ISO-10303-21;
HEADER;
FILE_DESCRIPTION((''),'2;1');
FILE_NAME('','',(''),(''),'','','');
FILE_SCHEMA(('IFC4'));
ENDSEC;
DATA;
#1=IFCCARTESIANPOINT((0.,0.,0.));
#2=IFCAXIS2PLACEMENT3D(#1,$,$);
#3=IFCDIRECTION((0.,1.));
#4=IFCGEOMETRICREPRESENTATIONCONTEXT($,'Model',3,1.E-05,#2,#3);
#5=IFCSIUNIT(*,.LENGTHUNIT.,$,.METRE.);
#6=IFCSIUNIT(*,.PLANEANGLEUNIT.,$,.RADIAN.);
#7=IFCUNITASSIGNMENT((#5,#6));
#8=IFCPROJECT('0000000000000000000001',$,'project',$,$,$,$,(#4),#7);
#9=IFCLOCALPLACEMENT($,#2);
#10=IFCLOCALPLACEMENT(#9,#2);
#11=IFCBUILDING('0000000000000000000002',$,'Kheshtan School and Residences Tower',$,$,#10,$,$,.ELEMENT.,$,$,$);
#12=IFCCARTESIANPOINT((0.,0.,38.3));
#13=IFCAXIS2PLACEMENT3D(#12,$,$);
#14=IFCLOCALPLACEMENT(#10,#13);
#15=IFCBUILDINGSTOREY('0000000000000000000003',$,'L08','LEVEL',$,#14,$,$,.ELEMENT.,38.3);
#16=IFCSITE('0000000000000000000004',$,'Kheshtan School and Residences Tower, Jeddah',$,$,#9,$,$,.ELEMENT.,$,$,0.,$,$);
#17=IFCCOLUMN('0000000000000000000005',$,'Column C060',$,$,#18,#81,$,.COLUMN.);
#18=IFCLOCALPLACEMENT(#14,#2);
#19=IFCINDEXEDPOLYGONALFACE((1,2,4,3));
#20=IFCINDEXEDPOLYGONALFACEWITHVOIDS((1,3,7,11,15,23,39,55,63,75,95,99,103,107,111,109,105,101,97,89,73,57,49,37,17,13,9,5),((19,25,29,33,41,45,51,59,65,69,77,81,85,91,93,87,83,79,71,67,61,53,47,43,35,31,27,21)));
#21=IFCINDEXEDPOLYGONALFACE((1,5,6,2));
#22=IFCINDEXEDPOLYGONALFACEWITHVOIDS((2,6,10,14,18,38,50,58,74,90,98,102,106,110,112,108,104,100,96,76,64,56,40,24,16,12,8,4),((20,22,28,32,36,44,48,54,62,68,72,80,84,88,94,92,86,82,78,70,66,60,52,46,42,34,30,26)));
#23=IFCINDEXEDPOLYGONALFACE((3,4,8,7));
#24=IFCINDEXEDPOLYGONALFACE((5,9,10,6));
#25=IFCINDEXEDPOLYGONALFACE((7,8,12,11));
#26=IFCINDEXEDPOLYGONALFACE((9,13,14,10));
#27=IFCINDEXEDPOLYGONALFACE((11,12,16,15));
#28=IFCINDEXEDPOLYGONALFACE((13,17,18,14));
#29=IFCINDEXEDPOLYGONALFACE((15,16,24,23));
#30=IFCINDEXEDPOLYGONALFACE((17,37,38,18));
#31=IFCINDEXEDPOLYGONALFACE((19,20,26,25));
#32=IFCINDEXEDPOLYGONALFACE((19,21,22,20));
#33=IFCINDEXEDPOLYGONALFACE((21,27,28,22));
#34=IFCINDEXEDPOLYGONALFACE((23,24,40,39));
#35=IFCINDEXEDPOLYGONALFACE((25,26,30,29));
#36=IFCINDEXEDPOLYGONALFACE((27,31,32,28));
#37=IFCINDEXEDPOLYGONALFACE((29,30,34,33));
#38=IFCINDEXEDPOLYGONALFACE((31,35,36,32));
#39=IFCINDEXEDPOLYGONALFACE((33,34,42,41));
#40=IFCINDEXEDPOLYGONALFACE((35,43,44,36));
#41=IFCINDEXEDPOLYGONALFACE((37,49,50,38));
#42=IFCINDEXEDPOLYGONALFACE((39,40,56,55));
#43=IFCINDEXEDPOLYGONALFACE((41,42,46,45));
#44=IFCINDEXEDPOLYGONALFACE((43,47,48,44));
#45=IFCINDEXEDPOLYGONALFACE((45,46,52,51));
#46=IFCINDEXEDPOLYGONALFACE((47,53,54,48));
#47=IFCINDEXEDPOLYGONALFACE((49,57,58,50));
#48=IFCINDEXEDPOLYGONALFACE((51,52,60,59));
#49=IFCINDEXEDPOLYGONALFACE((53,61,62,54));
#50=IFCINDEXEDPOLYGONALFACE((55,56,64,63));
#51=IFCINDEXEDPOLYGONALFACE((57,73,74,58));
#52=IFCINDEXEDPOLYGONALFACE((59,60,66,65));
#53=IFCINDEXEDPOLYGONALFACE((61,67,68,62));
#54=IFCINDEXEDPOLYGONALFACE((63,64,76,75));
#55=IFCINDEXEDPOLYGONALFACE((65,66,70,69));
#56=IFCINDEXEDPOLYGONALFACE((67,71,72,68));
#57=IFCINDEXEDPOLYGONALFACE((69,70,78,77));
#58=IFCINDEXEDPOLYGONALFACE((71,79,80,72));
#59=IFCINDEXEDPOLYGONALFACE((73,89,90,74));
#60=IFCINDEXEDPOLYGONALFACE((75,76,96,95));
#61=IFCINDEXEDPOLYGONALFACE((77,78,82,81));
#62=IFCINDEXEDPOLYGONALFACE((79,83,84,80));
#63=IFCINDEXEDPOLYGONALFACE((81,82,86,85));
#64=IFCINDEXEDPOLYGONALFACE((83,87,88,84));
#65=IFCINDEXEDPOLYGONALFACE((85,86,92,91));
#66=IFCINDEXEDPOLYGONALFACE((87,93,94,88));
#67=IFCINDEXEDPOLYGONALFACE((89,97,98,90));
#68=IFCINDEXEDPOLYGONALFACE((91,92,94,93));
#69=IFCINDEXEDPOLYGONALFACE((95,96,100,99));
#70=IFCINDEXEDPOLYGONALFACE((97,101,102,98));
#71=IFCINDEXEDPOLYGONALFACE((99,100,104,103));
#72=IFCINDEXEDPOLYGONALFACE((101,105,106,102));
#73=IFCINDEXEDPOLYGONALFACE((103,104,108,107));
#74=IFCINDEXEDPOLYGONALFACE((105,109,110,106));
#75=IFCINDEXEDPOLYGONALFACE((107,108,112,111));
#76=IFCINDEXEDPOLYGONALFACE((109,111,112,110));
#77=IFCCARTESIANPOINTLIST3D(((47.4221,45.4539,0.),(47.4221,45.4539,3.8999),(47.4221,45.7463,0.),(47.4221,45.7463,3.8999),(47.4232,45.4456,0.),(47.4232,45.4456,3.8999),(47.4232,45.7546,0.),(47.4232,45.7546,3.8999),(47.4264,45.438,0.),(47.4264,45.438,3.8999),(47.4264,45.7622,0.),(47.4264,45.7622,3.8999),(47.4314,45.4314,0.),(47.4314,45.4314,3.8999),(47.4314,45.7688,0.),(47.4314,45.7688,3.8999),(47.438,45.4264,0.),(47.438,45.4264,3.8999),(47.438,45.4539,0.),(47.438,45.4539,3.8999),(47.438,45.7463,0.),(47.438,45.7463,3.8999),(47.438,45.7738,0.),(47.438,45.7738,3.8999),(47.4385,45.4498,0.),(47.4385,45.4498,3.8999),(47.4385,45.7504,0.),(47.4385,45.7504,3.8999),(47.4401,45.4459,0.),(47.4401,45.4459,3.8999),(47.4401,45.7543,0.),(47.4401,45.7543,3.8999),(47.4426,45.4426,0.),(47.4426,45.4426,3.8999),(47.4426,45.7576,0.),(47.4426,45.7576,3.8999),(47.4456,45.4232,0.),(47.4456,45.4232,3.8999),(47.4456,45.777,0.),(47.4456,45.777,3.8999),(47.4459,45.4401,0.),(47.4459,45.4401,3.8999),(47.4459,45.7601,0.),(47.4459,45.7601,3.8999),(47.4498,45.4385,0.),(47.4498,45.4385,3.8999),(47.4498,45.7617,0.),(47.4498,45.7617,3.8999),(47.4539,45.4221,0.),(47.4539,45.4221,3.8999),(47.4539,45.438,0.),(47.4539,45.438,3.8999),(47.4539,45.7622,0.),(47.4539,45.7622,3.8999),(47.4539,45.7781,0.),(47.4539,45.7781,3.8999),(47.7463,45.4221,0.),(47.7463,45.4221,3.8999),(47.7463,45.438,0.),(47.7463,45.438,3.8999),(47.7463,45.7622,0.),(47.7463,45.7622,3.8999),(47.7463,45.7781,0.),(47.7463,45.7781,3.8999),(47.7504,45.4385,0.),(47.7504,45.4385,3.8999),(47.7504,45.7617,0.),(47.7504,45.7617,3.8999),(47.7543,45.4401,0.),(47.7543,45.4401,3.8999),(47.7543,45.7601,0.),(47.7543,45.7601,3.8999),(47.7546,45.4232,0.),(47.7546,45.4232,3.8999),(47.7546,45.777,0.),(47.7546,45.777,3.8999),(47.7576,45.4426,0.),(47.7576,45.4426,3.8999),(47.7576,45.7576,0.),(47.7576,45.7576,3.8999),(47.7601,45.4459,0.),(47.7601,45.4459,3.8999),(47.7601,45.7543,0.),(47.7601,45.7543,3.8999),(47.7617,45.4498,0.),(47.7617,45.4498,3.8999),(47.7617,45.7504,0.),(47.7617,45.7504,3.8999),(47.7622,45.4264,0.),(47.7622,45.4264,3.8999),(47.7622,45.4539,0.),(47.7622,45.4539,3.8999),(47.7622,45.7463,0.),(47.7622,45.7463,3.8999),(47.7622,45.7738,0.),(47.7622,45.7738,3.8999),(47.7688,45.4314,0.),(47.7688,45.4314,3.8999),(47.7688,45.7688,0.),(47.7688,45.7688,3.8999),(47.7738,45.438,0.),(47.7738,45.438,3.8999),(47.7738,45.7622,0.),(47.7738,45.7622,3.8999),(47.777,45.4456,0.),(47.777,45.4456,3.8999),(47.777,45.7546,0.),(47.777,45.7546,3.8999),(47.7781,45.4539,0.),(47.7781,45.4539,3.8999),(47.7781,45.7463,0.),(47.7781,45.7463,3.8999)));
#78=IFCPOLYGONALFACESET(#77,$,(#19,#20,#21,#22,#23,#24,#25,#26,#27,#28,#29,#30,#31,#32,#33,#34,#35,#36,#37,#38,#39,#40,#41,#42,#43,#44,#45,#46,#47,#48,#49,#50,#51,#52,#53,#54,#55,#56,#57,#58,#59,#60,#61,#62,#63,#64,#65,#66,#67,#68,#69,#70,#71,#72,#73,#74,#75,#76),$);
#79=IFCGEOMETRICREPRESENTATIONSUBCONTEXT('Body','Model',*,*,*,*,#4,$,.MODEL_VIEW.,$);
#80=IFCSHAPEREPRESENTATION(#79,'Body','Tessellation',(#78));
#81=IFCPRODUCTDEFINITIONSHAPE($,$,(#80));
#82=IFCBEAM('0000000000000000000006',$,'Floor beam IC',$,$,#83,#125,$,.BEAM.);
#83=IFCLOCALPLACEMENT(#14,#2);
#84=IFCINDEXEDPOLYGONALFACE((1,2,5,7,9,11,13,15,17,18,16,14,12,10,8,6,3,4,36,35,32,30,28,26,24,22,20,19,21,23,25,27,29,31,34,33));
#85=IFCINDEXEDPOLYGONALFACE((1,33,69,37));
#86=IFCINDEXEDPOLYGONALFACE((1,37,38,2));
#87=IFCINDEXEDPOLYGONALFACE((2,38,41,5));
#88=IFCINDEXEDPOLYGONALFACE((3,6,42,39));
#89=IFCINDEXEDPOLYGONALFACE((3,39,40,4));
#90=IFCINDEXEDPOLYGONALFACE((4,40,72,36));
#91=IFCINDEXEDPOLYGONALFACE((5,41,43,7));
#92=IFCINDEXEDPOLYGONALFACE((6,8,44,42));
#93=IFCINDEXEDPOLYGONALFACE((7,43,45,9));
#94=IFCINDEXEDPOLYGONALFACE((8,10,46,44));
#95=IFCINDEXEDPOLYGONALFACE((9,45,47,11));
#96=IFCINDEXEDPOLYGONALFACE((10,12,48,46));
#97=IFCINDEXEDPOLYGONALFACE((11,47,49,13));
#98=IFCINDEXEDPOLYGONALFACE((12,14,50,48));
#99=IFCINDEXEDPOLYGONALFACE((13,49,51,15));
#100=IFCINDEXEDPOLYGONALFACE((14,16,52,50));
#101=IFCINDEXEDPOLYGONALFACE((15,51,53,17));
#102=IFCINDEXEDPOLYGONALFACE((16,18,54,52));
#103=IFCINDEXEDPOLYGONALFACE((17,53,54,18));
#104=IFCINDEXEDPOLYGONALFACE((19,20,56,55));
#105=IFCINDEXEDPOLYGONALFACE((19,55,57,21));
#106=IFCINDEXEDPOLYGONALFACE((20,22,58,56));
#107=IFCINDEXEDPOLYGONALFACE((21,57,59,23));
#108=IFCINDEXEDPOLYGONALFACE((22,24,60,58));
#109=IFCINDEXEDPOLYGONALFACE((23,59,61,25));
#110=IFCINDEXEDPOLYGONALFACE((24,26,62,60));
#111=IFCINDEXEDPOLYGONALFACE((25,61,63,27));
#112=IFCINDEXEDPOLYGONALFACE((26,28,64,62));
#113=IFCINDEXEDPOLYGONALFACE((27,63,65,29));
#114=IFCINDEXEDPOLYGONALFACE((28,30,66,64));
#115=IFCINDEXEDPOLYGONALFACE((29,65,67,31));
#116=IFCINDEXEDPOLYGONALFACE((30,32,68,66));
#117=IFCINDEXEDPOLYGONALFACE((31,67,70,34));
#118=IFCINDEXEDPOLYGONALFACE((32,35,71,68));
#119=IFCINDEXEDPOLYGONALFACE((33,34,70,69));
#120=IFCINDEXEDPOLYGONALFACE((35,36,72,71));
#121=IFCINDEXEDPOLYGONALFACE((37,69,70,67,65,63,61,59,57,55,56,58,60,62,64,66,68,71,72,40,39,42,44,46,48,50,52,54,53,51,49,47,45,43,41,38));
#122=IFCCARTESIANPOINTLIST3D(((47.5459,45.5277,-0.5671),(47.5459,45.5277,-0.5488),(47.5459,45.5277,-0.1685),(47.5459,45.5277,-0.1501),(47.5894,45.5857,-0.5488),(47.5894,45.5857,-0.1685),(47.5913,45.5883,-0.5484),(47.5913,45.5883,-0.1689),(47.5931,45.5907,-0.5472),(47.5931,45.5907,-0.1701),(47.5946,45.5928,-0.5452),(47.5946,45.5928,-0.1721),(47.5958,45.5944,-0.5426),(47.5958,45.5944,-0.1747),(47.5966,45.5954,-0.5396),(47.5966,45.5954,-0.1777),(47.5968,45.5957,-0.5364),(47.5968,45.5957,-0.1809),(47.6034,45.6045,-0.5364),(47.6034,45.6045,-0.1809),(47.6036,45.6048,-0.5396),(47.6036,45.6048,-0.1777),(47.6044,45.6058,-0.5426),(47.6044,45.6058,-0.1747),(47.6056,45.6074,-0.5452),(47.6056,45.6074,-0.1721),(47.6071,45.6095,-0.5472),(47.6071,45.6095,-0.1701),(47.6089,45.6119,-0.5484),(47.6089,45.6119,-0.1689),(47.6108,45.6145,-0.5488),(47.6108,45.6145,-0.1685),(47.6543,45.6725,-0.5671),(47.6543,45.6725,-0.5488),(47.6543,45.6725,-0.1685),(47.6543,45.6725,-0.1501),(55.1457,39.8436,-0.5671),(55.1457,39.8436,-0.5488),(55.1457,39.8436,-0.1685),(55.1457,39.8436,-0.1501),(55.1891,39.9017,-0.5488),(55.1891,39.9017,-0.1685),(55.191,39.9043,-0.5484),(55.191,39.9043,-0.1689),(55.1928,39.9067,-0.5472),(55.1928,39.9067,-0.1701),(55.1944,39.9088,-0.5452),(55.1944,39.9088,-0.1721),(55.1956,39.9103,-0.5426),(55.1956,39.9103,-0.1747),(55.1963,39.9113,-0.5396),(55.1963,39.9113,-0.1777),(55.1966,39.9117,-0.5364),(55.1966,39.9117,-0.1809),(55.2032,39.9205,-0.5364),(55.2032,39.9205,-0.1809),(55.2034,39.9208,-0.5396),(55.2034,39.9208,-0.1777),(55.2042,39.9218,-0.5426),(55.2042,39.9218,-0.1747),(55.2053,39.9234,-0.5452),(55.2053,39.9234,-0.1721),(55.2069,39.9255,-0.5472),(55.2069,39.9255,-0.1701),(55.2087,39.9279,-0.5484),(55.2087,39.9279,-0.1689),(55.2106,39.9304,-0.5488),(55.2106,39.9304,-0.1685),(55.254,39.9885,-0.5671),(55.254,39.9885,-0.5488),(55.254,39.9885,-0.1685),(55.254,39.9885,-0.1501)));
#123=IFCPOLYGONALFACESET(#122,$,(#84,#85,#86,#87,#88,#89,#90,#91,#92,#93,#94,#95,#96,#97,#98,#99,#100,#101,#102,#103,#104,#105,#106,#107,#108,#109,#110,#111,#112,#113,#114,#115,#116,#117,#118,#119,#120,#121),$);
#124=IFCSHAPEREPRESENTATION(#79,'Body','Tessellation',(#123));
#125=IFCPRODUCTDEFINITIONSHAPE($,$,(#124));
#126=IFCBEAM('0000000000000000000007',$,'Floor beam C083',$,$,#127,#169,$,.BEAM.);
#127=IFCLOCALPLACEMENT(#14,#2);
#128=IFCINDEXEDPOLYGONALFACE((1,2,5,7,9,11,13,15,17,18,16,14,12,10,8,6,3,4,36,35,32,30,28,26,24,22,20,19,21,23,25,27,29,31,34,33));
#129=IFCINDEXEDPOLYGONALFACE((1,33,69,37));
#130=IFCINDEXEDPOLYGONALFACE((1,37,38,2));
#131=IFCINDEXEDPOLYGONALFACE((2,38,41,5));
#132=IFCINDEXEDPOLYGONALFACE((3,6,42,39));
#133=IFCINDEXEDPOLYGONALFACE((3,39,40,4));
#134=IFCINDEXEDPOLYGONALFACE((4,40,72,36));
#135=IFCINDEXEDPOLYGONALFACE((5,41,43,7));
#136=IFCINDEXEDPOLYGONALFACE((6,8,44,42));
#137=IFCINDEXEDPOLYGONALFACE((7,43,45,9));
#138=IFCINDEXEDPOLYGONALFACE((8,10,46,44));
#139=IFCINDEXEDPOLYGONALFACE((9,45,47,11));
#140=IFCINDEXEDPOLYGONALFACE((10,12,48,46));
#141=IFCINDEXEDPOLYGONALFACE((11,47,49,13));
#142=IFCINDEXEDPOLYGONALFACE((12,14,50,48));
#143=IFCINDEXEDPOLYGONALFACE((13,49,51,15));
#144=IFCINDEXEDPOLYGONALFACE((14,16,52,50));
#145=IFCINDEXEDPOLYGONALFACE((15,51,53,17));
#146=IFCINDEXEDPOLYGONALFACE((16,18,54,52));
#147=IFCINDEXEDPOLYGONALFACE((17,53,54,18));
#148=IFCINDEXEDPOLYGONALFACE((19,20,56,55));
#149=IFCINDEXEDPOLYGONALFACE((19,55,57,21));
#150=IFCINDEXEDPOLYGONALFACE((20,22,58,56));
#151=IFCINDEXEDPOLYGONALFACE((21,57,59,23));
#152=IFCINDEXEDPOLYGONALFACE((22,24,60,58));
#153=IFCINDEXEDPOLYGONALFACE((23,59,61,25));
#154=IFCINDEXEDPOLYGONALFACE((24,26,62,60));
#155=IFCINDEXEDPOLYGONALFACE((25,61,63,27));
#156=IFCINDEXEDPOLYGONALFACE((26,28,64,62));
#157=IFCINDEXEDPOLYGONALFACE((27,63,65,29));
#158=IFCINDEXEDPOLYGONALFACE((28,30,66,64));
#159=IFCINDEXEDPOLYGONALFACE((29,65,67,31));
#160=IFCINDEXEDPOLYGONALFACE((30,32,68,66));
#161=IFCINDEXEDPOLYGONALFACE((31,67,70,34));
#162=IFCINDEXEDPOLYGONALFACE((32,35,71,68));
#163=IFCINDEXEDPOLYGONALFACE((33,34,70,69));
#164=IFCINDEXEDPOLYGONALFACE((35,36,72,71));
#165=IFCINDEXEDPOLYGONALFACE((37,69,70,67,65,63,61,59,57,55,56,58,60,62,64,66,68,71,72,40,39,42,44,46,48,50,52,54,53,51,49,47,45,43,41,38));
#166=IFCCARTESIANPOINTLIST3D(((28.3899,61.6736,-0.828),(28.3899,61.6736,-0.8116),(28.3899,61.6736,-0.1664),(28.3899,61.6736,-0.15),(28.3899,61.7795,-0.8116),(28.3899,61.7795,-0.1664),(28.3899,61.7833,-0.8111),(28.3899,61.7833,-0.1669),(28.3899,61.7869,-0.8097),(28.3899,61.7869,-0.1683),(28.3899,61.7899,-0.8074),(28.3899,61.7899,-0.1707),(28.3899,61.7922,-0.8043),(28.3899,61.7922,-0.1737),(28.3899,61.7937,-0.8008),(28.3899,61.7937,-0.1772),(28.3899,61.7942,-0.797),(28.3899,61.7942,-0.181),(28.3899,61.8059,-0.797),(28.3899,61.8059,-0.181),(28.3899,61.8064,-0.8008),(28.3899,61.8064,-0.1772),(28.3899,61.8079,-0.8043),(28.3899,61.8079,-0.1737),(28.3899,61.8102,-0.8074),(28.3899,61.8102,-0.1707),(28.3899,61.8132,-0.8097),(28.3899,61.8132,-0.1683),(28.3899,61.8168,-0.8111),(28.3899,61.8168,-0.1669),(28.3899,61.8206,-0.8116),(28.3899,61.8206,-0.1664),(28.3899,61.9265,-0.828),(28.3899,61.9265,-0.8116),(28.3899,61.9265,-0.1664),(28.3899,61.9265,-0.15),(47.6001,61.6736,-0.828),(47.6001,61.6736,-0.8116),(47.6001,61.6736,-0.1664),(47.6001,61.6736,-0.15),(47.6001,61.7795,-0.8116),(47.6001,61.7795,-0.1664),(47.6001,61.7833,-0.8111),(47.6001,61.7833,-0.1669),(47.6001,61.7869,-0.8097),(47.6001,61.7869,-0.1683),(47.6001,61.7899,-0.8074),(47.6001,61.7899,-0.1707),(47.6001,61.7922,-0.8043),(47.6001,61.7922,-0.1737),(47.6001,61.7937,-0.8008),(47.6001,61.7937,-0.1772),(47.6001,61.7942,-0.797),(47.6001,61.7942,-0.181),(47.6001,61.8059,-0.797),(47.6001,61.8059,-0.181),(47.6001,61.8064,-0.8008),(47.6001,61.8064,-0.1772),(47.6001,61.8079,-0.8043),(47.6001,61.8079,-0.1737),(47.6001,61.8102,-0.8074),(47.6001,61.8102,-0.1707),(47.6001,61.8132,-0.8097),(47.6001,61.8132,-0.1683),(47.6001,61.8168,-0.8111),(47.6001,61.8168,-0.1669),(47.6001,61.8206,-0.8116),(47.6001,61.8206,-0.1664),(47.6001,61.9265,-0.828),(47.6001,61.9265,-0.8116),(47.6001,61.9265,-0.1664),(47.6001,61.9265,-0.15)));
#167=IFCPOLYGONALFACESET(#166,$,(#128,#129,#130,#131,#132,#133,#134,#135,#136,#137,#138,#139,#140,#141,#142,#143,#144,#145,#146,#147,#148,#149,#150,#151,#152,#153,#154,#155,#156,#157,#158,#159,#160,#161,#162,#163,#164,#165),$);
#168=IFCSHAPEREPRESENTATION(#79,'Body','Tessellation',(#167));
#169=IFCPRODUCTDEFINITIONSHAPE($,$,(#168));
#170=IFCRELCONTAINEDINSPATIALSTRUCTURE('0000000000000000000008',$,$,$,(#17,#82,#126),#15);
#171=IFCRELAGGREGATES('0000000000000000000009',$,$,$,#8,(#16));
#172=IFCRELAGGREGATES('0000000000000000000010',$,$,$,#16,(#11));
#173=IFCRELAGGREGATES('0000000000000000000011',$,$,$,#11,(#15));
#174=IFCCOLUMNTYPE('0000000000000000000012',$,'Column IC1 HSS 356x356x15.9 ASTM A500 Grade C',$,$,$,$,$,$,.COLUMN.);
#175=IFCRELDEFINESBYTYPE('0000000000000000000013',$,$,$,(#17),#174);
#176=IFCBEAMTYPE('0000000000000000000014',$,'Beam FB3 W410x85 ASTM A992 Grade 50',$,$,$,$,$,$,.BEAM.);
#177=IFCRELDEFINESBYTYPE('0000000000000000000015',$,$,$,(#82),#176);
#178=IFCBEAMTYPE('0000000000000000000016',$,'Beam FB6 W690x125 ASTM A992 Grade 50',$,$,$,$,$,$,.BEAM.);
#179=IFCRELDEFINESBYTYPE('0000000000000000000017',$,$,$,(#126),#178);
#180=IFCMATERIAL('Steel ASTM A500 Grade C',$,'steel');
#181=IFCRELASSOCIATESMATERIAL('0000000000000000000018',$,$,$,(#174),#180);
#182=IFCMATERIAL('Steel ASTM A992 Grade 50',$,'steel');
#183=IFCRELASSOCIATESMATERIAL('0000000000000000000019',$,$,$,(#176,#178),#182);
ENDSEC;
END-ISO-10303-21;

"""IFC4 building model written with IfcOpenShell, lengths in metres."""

from ifc_helpers import new_model, si_unit, direction, frame, origin, origin_2d, place, context, subcontext, project, spatial, hollow_rectangle, i_section, extrude, material, material_profile, profile_set, type_object, element, save


model = new_model("IFC4")

# Units and contexts
model_context = context("Model", 3, precision=1e-05, world=origin(), true_north=direction((0.0, 1.0)))
body_context = subcontext(model_context, "Body", "Model", "MODEL_VIEW")
ifc_project = project(units=[si_unit("LENGTHUNIT", "METRE"), si_unit("PLANEANGLEUNIT", "RADIAN")], contexts=[model_context])

# Site, building, storey
site_placement = place(None, origin())
site = spatial("IfcSite", under=ifc_project, at=site_placement, Name="Kheshtan School and Residences Tower, Jeddah", CompositionType="ELEMENT", RefElevation=0.0)
building_placement = place(site_placement, origin())
building = spatial("IfcBuilding", under=site, at=building_placement, Name="Kheshtan School and Residences Tower", CompositionType="ELEMENT")
storey_placement = place(building_placement, frame((0.0, 0.0, 38.3)))
storey = spatial("IfcBuildingStorey", under=building, at=storey_placement, Name="L08", Description="LEVEL", CompositionType="ELEMENT", Elevation=38.3)

# Column
ifc_material_1 = material(Name="Steel ASTM A992 Grade 50", Category="steel")
ifc_material_2 = material(Name="Steel ASTM A500 Grade C", Category="steel")
ifc_material_profile_1 = material_profile(ifc_material_2, hollow_rectangle(XDim=0.356, YDim=0.356, WallThickness=0.0159, InnerFilletRadius=0.0159, OuterFilletRadius=0.0317, at=origin_2d()), Name="HSS 356x356x15.9")
ifc_profile_set_1 = profile_set([ifc_material_profile_1], Name="Steel ASTM A500 Grade C")
column_type_1 = type_object("IfcColumnType", Name="Column IC1 HSS 356x356x15.9 ASTM A500 Grade C", PredefinedType="COLUMN", material=ifc_profile_set_1)
column_placement = place(storey_placement, frame((47.6001, 45.6001, 0.0), z_axis=(0.0, 0.0, 1.0), x_axis=(1.0, 0.0, 0.0)))
element("IfcColumn", 1, at=column_placement, inside=storey, type_object=column_type_1, Name="Column C060", PredefinedType="COLUMN", context=body_context, shape_type="SweptSolid", body=[
    extrude(hollow_rectangle(XDim=0.356, YDim=0.356, WallThickness=0.0159, InnerFilletRadius=0.0159, OuterFilletRadius=0.0317, at=origin_2d()), origin(), (0.0, 0.0, 1.0), 3.8999),
])

# Beams
ifc_material_profile_2 = material_profile(ifc_material_1, i_section(OverallWidth=0.1809, OverallDepth=0.417, WebThickness=0.011, FlangeThickness=0.0183, FilletRadius=0.0125, at=origin_2d()), Name="W410x85")
ifc_profile_set_2 = profile_set([ifc_material_profile_2], Name="Steel ASTM A992 Grade 50")
beam_type_1 = type_object("IfcBeamType", Name="Beam FB3 W410x85 ASTM A992 Grade 50", PredefinedType="BEAM", material=ifc_profile_set_2)
beam_1_placement = place(storey_placement, frame((47.6001, 45.6001, -0.3586), z_axis=(0.800799, -0.598933, 0.0), x_axis=(0.598933, 0.800799, 0.0)))
element("IfcBeam", 2, at=beam_1_placement, inside=storey, type_object=beam_type_1, Name="Floor beam IC", PredefinedType="BEAM", context=body_context, shape_type="SweptSolid", body=[
    extrude(i_section(OverallWidth=0.1809, OverallDepth=0.417, WebThickness=0.011, FlangeThickness=0.0183, FilletRadius=0.0125, at=origin_2d()), origin(), (0.0, 0.0, 1.0), 9.4902),
])
ifc_material_profile_3 = material_profile(ifc_material_1, i_section(OverallWidth=0.2529, OverallDepth=0.678, WebThickness=0.0117, FlangeThickness=0.0164, FilletRadius=0.0146, at=origin_2d()), Name="W690x125")
ifc_profile_set_3 = profile_set([ifc_material_profile_3], Name="Steel ASTM A992 Grade 50")
beam_type_2 = type_object("IfcBeamType", Name="Beam FB6 W690x125 ASTM A992 Grade 50", PredefinedType="BEAM", material=ifc_profile_set_3)
beam_2_placement = place(storey_placement, frame((47.6001, 61.8, -0.489), z_axis=(-1.0, 0.0, 0.0), x_axis=(0.0, -1.0, 0.0)))
element("IfcBeam", 3, at=beam_2_placement, inside=storey, type_object=beam_type_2, Name="Floor beam C083", PredefinedType="BEAM", context=body_context, shape_type="SweptSolid", body=[
    extrude(i_section(OverallWidth=0.2529, OverallDepth=0.678, WebThickness=0.0117, FlangeThickness=0.0164, FilletRadius=0.0146, at=origin_2d()), origin(), (0.0, 0.0, 1.0), 19.2102),
])

save(model, "model.ifc")
